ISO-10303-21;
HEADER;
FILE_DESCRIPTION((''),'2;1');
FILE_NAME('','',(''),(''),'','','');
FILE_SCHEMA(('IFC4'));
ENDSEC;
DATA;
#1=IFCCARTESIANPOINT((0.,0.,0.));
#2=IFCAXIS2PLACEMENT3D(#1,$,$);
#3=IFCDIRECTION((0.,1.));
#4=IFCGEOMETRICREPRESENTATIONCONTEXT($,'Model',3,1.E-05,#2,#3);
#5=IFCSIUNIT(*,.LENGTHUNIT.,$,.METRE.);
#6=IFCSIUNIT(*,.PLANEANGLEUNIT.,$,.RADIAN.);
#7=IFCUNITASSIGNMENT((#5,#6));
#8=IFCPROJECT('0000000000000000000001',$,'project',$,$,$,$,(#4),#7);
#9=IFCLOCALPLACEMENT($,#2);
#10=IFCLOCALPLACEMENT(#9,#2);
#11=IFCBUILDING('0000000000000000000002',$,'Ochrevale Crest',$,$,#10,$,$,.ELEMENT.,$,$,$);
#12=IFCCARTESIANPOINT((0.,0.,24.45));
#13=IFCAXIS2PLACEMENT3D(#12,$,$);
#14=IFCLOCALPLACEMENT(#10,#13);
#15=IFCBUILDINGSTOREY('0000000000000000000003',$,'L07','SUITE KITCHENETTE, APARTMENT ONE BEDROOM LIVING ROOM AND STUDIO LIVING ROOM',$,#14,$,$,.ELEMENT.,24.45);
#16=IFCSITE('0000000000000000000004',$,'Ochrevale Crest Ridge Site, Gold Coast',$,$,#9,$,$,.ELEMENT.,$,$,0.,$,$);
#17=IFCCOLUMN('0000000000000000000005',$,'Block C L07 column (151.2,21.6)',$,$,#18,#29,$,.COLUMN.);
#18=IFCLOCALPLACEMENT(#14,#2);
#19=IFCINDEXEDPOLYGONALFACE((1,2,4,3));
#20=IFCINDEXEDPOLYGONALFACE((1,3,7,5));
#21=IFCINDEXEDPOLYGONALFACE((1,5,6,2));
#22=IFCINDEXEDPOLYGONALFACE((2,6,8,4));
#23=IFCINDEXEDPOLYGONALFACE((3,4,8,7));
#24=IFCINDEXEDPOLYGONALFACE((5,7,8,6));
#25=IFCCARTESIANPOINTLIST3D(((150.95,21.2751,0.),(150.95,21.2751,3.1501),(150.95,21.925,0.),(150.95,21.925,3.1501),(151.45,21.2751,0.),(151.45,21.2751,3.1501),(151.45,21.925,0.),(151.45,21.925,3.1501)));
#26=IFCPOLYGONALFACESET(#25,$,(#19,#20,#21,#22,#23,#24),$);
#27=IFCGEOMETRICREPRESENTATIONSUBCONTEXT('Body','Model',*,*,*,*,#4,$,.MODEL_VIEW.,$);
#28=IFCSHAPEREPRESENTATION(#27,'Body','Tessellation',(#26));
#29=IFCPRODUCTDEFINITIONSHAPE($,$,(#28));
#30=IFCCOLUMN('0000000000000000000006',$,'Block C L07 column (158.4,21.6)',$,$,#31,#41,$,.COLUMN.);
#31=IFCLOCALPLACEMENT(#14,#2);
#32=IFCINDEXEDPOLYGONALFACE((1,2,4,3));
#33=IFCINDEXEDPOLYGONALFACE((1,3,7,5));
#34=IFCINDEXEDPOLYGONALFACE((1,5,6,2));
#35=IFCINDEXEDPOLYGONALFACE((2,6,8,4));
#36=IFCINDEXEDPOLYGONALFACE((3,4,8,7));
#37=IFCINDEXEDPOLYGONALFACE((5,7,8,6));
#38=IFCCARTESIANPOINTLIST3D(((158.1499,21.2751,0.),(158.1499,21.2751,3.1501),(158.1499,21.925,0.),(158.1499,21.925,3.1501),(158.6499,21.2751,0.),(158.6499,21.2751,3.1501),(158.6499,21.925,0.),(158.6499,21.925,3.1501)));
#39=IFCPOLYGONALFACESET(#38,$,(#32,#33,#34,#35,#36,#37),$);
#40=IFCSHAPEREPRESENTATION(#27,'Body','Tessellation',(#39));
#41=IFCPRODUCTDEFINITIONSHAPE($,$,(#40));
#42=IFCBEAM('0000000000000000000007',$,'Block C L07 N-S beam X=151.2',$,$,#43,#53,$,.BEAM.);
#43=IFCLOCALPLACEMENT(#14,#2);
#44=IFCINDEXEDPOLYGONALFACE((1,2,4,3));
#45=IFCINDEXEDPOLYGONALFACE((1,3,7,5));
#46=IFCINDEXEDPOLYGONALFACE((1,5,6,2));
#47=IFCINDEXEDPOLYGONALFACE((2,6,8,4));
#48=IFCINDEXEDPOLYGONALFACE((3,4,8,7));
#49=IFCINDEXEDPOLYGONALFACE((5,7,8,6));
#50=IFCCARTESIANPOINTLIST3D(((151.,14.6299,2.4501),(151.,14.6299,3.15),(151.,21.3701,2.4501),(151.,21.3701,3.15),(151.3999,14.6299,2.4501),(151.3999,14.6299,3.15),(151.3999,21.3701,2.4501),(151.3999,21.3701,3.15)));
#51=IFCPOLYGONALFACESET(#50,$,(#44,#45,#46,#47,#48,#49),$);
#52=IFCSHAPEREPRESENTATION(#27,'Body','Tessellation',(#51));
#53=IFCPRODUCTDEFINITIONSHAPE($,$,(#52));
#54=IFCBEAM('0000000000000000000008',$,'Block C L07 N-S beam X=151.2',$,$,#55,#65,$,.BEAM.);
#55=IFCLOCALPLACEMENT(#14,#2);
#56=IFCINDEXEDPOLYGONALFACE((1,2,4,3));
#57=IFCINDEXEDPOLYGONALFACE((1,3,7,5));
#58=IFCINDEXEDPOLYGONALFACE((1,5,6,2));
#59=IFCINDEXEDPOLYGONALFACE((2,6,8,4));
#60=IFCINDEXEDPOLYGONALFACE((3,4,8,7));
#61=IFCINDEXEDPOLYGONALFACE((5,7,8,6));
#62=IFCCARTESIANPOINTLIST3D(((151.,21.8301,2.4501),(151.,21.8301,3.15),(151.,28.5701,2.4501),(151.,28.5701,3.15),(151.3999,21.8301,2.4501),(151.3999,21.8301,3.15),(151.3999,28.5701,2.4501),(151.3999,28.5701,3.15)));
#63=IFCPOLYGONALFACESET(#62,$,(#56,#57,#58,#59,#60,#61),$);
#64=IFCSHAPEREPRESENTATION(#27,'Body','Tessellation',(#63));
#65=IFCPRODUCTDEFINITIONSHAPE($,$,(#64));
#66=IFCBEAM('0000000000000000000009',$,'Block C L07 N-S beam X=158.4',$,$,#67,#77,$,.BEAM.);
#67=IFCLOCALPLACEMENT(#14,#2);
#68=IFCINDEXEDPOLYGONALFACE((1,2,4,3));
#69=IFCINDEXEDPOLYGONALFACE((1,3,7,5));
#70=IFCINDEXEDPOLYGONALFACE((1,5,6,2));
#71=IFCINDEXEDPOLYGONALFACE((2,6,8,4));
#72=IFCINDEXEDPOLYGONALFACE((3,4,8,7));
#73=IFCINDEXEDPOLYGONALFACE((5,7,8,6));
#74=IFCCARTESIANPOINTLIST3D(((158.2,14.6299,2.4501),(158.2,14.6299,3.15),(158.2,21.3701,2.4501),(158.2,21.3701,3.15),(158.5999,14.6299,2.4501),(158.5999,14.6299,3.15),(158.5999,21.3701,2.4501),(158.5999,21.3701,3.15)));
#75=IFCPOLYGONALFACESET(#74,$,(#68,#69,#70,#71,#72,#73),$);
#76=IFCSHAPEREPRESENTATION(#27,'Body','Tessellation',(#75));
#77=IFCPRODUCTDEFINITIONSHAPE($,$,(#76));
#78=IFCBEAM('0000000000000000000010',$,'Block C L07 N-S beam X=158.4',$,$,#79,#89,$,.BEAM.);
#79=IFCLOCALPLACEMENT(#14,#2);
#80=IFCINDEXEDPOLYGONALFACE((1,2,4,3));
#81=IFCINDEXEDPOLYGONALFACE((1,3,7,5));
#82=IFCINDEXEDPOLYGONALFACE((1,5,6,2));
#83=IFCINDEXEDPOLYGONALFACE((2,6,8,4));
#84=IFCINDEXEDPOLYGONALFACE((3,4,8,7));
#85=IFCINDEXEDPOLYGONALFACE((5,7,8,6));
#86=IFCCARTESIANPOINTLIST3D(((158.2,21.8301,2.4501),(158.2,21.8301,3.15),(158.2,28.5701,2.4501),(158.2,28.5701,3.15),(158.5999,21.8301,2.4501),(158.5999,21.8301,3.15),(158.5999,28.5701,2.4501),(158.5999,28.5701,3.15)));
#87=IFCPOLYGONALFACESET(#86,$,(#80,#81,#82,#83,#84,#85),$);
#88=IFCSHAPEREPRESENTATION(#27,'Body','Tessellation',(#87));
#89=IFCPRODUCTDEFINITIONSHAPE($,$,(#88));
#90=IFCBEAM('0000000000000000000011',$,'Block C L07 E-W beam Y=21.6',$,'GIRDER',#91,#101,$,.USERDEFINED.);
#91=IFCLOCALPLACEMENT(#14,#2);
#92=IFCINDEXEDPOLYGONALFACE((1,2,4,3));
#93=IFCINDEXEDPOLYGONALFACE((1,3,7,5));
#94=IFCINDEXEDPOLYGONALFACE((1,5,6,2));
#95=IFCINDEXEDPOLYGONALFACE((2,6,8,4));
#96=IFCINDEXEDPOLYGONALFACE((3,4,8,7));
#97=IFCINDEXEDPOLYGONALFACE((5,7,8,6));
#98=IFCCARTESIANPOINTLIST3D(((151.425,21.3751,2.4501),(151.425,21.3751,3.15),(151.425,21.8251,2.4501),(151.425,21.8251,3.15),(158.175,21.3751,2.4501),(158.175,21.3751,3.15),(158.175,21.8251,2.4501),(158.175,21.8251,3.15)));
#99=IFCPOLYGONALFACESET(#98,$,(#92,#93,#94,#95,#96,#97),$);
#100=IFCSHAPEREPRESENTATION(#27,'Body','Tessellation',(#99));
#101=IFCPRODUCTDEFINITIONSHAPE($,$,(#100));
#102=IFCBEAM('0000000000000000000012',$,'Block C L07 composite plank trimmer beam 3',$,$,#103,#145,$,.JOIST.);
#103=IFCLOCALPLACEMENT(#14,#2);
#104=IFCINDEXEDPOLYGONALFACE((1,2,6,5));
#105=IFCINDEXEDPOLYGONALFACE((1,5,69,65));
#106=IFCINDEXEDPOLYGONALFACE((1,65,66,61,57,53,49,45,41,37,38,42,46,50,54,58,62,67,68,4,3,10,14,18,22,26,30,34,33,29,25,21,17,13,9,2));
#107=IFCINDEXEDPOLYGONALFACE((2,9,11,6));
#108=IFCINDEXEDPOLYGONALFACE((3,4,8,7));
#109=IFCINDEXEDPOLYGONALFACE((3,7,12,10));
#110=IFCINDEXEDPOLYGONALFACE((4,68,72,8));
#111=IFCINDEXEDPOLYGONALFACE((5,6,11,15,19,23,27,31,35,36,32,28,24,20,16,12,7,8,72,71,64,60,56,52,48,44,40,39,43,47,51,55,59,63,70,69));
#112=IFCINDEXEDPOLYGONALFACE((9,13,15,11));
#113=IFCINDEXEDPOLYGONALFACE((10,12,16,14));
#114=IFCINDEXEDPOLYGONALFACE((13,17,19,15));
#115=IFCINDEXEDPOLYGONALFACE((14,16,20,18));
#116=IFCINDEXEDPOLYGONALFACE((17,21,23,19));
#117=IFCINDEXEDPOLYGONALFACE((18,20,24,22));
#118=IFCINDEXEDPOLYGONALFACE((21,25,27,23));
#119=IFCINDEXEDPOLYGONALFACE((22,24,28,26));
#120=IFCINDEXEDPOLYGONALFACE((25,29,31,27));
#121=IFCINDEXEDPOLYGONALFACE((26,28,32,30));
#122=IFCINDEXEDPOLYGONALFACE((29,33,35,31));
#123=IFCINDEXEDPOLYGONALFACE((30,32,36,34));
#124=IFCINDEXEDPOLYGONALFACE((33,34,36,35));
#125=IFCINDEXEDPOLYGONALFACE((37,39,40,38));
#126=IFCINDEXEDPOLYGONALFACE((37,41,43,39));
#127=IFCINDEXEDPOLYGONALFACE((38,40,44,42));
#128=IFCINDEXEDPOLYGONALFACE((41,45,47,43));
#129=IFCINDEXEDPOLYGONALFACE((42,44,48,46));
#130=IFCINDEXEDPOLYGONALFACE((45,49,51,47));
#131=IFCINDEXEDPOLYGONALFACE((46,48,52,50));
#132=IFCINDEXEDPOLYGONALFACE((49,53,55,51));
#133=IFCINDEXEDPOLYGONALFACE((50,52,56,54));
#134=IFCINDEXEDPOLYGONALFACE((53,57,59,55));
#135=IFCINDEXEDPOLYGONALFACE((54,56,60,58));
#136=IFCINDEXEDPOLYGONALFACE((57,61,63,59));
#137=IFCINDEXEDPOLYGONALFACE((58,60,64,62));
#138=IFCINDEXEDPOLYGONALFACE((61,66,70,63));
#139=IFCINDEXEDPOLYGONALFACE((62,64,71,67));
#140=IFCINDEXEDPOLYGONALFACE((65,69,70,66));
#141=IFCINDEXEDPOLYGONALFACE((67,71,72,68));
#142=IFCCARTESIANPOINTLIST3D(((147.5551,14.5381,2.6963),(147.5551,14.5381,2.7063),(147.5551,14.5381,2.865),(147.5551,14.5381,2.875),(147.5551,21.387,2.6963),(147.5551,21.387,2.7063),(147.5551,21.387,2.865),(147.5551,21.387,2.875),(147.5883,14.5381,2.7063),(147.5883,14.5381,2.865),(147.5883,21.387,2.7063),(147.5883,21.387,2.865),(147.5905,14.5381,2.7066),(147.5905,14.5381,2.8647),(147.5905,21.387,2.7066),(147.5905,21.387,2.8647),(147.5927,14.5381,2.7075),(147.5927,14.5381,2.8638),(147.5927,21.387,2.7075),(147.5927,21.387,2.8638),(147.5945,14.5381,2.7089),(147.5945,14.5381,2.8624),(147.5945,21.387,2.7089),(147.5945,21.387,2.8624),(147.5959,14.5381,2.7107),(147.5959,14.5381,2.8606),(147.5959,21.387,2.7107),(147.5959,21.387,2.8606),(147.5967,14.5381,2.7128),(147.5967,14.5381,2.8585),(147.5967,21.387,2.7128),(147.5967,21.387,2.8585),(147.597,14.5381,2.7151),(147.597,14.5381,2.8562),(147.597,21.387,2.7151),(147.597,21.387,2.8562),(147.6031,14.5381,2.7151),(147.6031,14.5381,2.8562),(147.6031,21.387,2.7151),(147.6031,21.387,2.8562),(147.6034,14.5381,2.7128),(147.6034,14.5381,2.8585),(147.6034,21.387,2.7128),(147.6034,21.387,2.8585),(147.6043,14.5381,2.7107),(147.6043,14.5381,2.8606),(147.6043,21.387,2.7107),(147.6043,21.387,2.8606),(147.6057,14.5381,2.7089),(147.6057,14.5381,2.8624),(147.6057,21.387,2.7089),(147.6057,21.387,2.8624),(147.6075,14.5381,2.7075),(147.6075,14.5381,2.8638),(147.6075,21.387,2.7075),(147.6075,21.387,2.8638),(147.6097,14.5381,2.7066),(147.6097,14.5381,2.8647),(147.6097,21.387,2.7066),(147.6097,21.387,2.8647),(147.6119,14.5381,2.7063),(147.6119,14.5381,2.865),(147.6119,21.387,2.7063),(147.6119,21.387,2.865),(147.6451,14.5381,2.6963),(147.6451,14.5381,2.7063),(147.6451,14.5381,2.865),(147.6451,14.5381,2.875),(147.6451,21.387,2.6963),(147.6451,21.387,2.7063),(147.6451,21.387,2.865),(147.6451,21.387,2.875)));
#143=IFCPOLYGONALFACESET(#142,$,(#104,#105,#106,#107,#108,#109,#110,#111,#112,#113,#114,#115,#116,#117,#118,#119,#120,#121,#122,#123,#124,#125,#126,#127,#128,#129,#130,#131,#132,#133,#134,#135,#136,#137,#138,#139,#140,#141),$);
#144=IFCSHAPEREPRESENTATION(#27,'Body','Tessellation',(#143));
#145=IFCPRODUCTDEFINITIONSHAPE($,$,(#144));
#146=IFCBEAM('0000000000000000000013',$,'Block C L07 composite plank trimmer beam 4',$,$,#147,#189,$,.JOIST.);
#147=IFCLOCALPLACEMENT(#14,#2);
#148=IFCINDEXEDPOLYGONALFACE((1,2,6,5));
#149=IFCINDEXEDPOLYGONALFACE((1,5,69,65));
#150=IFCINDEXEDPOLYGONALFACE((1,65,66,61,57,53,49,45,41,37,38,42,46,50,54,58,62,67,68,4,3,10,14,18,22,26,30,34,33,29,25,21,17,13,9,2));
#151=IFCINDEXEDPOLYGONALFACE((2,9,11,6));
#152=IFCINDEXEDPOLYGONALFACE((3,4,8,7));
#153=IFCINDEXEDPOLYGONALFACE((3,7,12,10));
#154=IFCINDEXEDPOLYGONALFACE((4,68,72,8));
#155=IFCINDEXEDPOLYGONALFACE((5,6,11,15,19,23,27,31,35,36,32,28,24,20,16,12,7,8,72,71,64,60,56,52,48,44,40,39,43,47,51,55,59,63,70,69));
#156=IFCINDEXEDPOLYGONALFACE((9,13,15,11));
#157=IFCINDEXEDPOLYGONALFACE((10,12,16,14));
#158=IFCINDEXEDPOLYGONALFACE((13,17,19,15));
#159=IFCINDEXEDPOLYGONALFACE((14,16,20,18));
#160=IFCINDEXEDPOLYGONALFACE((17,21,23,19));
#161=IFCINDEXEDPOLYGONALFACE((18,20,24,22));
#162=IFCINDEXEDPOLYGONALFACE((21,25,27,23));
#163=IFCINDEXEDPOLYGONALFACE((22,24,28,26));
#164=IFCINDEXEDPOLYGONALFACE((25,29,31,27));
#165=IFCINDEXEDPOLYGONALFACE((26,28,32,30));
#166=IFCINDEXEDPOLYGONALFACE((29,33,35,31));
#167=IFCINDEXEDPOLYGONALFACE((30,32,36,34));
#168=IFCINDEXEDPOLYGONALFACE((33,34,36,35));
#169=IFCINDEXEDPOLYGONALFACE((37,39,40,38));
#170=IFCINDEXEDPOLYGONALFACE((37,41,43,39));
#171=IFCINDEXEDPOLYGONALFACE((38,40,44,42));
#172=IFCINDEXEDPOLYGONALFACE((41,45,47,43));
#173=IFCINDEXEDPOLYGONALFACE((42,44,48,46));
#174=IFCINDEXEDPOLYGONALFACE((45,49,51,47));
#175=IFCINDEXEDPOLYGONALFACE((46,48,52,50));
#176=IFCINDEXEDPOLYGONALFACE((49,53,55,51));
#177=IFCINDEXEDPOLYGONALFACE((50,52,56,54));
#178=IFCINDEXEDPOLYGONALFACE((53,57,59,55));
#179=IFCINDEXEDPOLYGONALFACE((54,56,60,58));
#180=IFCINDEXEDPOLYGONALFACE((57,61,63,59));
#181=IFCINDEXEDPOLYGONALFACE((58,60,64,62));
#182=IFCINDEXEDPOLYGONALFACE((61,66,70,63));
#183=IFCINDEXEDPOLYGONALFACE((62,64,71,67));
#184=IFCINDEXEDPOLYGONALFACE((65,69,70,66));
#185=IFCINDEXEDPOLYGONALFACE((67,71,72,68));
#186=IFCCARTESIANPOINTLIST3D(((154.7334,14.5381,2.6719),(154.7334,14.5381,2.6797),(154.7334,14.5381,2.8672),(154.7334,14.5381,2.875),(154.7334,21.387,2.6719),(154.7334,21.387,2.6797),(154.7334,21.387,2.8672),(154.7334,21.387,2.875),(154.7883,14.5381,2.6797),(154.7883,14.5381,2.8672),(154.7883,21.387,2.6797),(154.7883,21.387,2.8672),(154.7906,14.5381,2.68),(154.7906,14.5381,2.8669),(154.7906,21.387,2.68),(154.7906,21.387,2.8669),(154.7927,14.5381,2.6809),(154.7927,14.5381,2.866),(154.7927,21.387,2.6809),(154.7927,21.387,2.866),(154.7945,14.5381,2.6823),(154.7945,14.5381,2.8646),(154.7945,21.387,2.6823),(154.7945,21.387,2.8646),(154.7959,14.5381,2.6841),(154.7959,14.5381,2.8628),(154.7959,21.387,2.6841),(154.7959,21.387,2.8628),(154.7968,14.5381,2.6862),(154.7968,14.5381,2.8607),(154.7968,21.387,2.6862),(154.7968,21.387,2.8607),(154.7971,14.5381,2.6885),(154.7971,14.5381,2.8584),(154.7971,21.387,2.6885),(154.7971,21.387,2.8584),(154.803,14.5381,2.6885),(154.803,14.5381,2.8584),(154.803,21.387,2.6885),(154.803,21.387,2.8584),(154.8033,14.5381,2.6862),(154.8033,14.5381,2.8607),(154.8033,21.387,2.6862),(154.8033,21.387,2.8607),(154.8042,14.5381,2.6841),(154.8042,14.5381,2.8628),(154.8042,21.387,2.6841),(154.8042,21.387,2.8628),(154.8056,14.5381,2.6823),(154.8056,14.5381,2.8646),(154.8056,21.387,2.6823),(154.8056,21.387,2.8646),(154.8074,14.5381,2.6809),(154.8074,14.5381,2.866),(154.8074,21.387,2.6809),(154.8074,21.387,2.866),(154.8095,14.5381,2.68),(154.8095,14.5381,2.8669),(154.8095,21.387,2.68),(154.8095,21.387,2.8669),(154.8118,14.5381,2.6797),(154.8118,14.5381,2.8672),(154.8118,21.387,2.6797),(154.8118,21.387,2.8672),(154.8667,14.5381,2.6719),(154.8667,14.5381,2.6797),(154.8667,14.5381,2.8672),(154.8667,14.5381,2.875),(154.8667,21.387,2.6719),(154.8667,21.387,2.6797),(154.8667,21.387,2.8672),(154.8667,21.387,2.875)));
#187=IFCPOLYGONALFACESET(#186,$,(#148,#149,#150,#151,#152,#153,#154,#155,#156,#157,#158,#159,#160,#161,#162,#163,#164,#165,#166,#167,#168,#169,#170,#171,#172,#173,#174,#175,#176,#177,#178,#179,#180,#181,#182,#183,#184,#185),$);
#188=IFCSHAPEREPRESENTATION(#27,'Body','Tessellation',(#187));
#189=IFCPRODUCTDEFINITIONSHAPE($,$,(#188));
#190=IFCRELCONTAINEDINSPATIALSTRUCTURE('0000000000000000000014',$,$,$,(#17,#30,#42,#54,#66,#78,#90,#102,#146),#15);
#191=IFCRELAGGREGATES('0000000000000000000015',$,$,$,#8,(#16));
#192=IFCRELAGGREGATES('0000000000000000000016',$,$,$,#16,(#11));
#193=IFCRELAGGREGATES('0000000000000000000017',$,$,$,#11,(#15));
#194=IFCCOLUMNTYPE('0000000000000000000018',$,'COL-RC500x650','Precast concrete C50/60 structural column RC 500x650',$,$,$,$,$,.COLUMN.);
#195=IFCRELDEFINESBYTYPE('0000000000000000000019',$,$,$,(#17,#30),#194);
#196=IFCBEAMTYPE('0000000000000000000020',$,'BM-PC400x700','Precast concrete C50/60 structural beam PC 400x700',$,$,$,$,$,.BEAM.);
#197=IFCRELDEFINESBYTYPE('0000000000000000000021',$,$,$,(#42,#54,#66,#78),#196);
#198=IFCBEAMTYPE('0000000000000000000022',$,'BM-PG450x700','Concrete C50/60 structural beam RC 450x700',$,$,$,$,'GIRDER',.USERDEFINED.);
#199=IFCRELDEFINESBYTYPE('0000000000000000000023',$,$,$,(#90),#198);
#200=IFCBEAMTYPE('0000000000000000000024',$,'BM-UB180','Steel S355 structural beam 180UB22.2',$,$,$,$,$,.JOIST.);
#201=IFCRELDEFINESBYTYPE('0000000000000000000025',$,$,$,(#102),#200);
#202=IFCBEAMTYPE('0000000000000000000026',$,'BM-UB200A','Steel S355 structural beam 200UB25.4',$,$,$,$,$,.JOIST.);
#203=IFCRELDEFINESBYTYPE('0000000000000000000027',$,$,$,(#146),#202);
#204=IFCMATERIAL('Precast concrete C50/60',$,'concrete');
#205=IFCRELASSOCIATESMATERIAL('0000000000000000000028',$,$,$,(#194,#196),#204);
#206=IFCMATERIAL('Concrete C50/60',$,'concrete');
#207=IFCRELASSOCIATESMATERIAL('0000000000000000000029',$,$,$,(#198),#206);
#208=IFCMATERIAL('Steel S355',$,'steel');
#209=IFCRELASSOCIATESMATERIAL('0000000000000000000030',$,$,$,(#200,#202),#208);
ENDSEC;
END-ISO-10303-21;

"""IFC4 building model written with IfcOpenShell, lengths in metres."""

from ifc_helpers import new_model, si_unit, direction, frame, origin, origin_2d, place, context, subcontext, project, spatial, rectangle, i_section, extrude, material, material_profile, profile_set, type_object, element, save


model = new_model("IFC4")

# Units and contexts
model_context = context("Model", 3, precision=1e-05, world=origin(), true_north=direction((0.0, 1.0)))
body_context = subcontext(model_context, "Body", "Model", "MODEL_VIEW")
ifc_project = project(units=[si_unit("LENGTHUNIT", "METRE"), si_unit("PLANEANGLEUNIT", "RADIAN")], contexts=[model_context])

# Site, building, storey
site_placement = place(None, origin())
site = spatial("IfcSite", under=ifc_project, at=site_placement, Name="Ochrevale Crest Ridge Site, Gold Coast", CompositionType="ELEMENT", RefElevation=0.0)
building_placement = place(site_placement, origin())
building = spatial("IfcBuilding", under=site, at=building_placement, Name="Ochrevale Crest", CompositionType="ELEMENT")
storey_placement = place(building_placement, frame((0.0, 0.0, 24.45)))
storey = spatial("IfcBuildingStorey", under=building, at=storey_placement, Name="L07", Description="SUITE KITCHENETTE, APARTMENT ONE BEDROOM LIVING ROOM AND STUDIO LIVING ROOM", CompositionType="ELEMENT", Elevation=24.45)

# Columns
ifc_material_1 = material(Name="Precast concrete C50/60", Category="concrete")
ifc_material_profile_1 = material_profile(ifc_material_1, rectangle(XDim=0.5, YDim=0.6499, at=origin_2d()), Name="RC 500x650")
ifc_profile_set_1 = profile_set([ifc_material_profile_1], Name="Precast concrete C50/60")
column_type = type_object("IfcColumnType", Name="COL-RC500x650", Description="Precast concrete C50/60 structural column RC 500x650", PredefinedType="COLUMN", material=ifc_profile_set_1)
for number, where, z_axis, x_axis, name in (
    (1, (151.2, 21.6001, 0.0), (0.0, 0.0, 1.0), (1.0, 0.0, 0.0), "Block C L07 column (151.2,21.6)"),
    (2, (158.3999, 21.6001, 0.0), (0.0, 0.0, 1.0), (1.0, 0.0, 0.0), "Block C L07 column (158.4,21.6)"),
):
    element("IfcColumn", number, at=place(storey_placement, frame(where, z_axis=z_axis, x_axis=x_axis)), inside=storey, type_object=column_type, Name=name, PredefinedType="COLUMN", context=body_context, shape_type="SweptSolid", body=[
        extrude(rectangle(XDim=0.5, YDim=0.6499, at=origin_2d()), origin(), (0.0, 0.0, 1.0), 3.1501),
    ])

# Beams
ifc_material_profile_2 = material_profile(ifc_material_1, rectangle(XDim=0.3999, YDim=0.7, at=origin_2d()), Name="PC 400x700")
ifc_profile_set_2 = profile_set([ifc_material_profile_2], Name="Precast concrete C50/60")
beam_type_1 = type_object("IfcBeamType", Name="BM-PC400x700", Description="Precast concrete C50/60 structural beam PC 400x700", PredefinedType="BEAM", material=ifc_profile_set_2)
beam_1_placement = place(storey_placement, frame((151.2, 14.6299, 2.8), z_axis=(0.0, 1.0, 0.0), x_axis=(-1.0, 0.0, 0.0)))
element("IfcBeam", 3, at=beam_1_placement, inside=storey, type_object=beam_type_1, Name="Block C L07 N-S beam X=151.2", PredefinedType="BEAM", context=body_context, shape_type="SweptSolid", body=[
    extrude(rectangle(XDim=0.3999, YDim=0.7, at=origin_2d()), origin(), (0.0, 0.0, 1.0), 6.7402),
])
beam_2_placement = place(storey_placement, frame((151.2, 21.8301, 2.8), z_axis=(0.0, 1.0, 0.0), x_axis=(-1.0, 0.0, 0.0)))
element("IfcBeam", 4, at=beam_2_placement, inside=storey, type_object=beam_type_1, Name="Block C L07 N-S beam X=151.2", PredefinedType="BEAM", context=body_context, shape_type="SweptSolid", body=[
    extrude(rectangle(XDim=0.3999, YDim=0.7, at=origin_2d()), origin(), (0.0, 0.0, 1.0), 6.74),
])
beam_3_placement = place(storey_placement, frame((158.3999, 14.6299, 2.8), z_axis=(0.0, 1.0, 0.0), x_axis=(-1.0, 0.0, 0.0)))
element("IfcBeam", 5, at=beam_3_placement, inside=storey, type_object=beam_type_1, Name="Block C L07 N-S beam X=158.4", PredefinedType="BEAM", context=body_context, shape_type="SweptSolid", body=[
    extrude(rectangle(XDim=0.3999, YDim=0.7, at=origin_2d()), origin(), (0.0, 0.0, 1.0), 6.7402),
])
beam_4_placement = place(storey_placement, frame((158.3999, 21.8301, 2.8), z_axis=(0.0, 1.0, 0.0), x_axis=(-1.0, 0.0, 0.0)))
element("IfcBeam", 6, at=beam_4_placement, inside=storey, type_object=beam_type_1, Name="Block C L07 N-S beam X=158.4", PredefinedType="BEAM", context=body_context, shape_type="SweptSolid", body=[
    extrude(rectangle(XDim=0.3999, YDim=0.7, at=origin_2d()), origin(), (0.0, 0.0, 1.0), 6.74),
])
ifc_material_2 = material(Name="Concrete C50/60", Category="concrete")
ifc_material_profile_3 = material_profile(ifc_material_2, rectangle(XDim=0.45, YDim=0.7, at=origin_2d()), Name="RC 450x700")
ifc_profile_set_3 = profile_set([ifc_material_profile_3], Name="Concrete C50/60")
beam_type_2 = type_object("IfcBeamType", Name="BM-PG450x700", Description="Concrete C50/60 structural beam RC 450x700", ElementType="GIRDER", PredefinedType="USERDEFINED", material=ifc_profile_set_3)
beam_5_placement = place(storey_placement, frame((151.425, 21.6001, 2.8), z_axis=(1.0, 0.0, 0.0), x_axis=(0.0, 1.0, 0.0)))
element("IfcBeam", 7, at=beam_5_placement, inside=storey, type_object=beam_type_2, Name="Block C L07 E-W beam Y=21.6", ObjectType="GIRDER", PredefinedType="USERDEFINED", context=body_context, shape_type="SweptSolid", body=[
    extrude(rectangle(XDim=0.45, YDim=0.7, at=origin_2d()), origin(), (0.0, 0.0, 1.0), 6.75),
])
ifc_material_3 = material(Name="Steel S355", Category="steel")
ifc_material_profile_4 = material_profile(ifc_material_3, i_section(OverallWidth=0.0901, OverallDepth=0.1787, WebThickness=0.0061, FlangeThickness=0.01, FilletRadius=0.0088, at=origin_2d()), Name="180UB22.2")
ifc_profile_set_4 = profile_set([ifc_material_profile_4], Name="Steel S355")
beam_type_3 = type_object("IfcBeamType", Name="BM-UB180", Description="Steel S355 structural beam 180UB22.2", PredefinedType="JOIST", material=ifc_profile_set_4)
beam_6_placement = place(storey_placement, frame((147.6001, 14.5381, 2.7856), z_axis=(0.0, 1.0, 0.0), x_axis=(-1.0, 0.0, 0.0)))
element("IfcBeam", 8, at=beam_6_placement, inside=storey, type_object=beam_type_3, Name="Block C L07 composite plank trimmer beam 3", PredefinedType="JOIST", context=body_context, shape_type="SweptSolid", body=[
    extrude(i_section(OverallWidth=0.0901, OverallDepth=0.1787, WebThickness=0.0061, FlangeThickness=0.01, FilletRadius=0.0088, at=origin_2d()), origin(), (0.0, 0.0, 1.0), 6.8489),
])
ifc_material_profile_5 = material_profile(ifc_material_3, i_section(OverallWidth=0.1333, OverallDepth=0.2031, WebThickness=0.0059, FlangeThickness=0.0078, FilletRadius=0.0088, at=origin_2d()), Name="200UB25.4")
ifc_profile_set_5 = profile_set([ifc_material_profile_5], Name="Steel S355")
beam_type_4 = type_object("IfcBeamType", Name="BM-UB200A", Description="Steel S355 structural beam 200UB25.4", PredefinedType="JOIST", material=ifc_profile_set_5)
beam_7_placement = place(storey_placement, frame((154.8, 14.5381, 2.7734), z_axis=(0.0, 1.0, 0.0), x_axis=(-1.0, 0.0, 0.0)))
element("IfcBeam", 9, at=beam_7_placement, inside=storey, type_object=beam_type_4, Name="Block C L07 composite plank trimmer beam 4", PredefinedType="JOIST", context=body_context, shape_type="SweptSolid", body=[
    extrude(i_section(OverallWidth=0.1333, OverallDepth=0.2031, WebThickness=0.0059, FlangeThickness=0.0078, FilletRadius=0.0088, at=origin_2d()), origin(), (0.0, 0.0, 1.0), 6.8489),
])

save(model, "model.ifc")
